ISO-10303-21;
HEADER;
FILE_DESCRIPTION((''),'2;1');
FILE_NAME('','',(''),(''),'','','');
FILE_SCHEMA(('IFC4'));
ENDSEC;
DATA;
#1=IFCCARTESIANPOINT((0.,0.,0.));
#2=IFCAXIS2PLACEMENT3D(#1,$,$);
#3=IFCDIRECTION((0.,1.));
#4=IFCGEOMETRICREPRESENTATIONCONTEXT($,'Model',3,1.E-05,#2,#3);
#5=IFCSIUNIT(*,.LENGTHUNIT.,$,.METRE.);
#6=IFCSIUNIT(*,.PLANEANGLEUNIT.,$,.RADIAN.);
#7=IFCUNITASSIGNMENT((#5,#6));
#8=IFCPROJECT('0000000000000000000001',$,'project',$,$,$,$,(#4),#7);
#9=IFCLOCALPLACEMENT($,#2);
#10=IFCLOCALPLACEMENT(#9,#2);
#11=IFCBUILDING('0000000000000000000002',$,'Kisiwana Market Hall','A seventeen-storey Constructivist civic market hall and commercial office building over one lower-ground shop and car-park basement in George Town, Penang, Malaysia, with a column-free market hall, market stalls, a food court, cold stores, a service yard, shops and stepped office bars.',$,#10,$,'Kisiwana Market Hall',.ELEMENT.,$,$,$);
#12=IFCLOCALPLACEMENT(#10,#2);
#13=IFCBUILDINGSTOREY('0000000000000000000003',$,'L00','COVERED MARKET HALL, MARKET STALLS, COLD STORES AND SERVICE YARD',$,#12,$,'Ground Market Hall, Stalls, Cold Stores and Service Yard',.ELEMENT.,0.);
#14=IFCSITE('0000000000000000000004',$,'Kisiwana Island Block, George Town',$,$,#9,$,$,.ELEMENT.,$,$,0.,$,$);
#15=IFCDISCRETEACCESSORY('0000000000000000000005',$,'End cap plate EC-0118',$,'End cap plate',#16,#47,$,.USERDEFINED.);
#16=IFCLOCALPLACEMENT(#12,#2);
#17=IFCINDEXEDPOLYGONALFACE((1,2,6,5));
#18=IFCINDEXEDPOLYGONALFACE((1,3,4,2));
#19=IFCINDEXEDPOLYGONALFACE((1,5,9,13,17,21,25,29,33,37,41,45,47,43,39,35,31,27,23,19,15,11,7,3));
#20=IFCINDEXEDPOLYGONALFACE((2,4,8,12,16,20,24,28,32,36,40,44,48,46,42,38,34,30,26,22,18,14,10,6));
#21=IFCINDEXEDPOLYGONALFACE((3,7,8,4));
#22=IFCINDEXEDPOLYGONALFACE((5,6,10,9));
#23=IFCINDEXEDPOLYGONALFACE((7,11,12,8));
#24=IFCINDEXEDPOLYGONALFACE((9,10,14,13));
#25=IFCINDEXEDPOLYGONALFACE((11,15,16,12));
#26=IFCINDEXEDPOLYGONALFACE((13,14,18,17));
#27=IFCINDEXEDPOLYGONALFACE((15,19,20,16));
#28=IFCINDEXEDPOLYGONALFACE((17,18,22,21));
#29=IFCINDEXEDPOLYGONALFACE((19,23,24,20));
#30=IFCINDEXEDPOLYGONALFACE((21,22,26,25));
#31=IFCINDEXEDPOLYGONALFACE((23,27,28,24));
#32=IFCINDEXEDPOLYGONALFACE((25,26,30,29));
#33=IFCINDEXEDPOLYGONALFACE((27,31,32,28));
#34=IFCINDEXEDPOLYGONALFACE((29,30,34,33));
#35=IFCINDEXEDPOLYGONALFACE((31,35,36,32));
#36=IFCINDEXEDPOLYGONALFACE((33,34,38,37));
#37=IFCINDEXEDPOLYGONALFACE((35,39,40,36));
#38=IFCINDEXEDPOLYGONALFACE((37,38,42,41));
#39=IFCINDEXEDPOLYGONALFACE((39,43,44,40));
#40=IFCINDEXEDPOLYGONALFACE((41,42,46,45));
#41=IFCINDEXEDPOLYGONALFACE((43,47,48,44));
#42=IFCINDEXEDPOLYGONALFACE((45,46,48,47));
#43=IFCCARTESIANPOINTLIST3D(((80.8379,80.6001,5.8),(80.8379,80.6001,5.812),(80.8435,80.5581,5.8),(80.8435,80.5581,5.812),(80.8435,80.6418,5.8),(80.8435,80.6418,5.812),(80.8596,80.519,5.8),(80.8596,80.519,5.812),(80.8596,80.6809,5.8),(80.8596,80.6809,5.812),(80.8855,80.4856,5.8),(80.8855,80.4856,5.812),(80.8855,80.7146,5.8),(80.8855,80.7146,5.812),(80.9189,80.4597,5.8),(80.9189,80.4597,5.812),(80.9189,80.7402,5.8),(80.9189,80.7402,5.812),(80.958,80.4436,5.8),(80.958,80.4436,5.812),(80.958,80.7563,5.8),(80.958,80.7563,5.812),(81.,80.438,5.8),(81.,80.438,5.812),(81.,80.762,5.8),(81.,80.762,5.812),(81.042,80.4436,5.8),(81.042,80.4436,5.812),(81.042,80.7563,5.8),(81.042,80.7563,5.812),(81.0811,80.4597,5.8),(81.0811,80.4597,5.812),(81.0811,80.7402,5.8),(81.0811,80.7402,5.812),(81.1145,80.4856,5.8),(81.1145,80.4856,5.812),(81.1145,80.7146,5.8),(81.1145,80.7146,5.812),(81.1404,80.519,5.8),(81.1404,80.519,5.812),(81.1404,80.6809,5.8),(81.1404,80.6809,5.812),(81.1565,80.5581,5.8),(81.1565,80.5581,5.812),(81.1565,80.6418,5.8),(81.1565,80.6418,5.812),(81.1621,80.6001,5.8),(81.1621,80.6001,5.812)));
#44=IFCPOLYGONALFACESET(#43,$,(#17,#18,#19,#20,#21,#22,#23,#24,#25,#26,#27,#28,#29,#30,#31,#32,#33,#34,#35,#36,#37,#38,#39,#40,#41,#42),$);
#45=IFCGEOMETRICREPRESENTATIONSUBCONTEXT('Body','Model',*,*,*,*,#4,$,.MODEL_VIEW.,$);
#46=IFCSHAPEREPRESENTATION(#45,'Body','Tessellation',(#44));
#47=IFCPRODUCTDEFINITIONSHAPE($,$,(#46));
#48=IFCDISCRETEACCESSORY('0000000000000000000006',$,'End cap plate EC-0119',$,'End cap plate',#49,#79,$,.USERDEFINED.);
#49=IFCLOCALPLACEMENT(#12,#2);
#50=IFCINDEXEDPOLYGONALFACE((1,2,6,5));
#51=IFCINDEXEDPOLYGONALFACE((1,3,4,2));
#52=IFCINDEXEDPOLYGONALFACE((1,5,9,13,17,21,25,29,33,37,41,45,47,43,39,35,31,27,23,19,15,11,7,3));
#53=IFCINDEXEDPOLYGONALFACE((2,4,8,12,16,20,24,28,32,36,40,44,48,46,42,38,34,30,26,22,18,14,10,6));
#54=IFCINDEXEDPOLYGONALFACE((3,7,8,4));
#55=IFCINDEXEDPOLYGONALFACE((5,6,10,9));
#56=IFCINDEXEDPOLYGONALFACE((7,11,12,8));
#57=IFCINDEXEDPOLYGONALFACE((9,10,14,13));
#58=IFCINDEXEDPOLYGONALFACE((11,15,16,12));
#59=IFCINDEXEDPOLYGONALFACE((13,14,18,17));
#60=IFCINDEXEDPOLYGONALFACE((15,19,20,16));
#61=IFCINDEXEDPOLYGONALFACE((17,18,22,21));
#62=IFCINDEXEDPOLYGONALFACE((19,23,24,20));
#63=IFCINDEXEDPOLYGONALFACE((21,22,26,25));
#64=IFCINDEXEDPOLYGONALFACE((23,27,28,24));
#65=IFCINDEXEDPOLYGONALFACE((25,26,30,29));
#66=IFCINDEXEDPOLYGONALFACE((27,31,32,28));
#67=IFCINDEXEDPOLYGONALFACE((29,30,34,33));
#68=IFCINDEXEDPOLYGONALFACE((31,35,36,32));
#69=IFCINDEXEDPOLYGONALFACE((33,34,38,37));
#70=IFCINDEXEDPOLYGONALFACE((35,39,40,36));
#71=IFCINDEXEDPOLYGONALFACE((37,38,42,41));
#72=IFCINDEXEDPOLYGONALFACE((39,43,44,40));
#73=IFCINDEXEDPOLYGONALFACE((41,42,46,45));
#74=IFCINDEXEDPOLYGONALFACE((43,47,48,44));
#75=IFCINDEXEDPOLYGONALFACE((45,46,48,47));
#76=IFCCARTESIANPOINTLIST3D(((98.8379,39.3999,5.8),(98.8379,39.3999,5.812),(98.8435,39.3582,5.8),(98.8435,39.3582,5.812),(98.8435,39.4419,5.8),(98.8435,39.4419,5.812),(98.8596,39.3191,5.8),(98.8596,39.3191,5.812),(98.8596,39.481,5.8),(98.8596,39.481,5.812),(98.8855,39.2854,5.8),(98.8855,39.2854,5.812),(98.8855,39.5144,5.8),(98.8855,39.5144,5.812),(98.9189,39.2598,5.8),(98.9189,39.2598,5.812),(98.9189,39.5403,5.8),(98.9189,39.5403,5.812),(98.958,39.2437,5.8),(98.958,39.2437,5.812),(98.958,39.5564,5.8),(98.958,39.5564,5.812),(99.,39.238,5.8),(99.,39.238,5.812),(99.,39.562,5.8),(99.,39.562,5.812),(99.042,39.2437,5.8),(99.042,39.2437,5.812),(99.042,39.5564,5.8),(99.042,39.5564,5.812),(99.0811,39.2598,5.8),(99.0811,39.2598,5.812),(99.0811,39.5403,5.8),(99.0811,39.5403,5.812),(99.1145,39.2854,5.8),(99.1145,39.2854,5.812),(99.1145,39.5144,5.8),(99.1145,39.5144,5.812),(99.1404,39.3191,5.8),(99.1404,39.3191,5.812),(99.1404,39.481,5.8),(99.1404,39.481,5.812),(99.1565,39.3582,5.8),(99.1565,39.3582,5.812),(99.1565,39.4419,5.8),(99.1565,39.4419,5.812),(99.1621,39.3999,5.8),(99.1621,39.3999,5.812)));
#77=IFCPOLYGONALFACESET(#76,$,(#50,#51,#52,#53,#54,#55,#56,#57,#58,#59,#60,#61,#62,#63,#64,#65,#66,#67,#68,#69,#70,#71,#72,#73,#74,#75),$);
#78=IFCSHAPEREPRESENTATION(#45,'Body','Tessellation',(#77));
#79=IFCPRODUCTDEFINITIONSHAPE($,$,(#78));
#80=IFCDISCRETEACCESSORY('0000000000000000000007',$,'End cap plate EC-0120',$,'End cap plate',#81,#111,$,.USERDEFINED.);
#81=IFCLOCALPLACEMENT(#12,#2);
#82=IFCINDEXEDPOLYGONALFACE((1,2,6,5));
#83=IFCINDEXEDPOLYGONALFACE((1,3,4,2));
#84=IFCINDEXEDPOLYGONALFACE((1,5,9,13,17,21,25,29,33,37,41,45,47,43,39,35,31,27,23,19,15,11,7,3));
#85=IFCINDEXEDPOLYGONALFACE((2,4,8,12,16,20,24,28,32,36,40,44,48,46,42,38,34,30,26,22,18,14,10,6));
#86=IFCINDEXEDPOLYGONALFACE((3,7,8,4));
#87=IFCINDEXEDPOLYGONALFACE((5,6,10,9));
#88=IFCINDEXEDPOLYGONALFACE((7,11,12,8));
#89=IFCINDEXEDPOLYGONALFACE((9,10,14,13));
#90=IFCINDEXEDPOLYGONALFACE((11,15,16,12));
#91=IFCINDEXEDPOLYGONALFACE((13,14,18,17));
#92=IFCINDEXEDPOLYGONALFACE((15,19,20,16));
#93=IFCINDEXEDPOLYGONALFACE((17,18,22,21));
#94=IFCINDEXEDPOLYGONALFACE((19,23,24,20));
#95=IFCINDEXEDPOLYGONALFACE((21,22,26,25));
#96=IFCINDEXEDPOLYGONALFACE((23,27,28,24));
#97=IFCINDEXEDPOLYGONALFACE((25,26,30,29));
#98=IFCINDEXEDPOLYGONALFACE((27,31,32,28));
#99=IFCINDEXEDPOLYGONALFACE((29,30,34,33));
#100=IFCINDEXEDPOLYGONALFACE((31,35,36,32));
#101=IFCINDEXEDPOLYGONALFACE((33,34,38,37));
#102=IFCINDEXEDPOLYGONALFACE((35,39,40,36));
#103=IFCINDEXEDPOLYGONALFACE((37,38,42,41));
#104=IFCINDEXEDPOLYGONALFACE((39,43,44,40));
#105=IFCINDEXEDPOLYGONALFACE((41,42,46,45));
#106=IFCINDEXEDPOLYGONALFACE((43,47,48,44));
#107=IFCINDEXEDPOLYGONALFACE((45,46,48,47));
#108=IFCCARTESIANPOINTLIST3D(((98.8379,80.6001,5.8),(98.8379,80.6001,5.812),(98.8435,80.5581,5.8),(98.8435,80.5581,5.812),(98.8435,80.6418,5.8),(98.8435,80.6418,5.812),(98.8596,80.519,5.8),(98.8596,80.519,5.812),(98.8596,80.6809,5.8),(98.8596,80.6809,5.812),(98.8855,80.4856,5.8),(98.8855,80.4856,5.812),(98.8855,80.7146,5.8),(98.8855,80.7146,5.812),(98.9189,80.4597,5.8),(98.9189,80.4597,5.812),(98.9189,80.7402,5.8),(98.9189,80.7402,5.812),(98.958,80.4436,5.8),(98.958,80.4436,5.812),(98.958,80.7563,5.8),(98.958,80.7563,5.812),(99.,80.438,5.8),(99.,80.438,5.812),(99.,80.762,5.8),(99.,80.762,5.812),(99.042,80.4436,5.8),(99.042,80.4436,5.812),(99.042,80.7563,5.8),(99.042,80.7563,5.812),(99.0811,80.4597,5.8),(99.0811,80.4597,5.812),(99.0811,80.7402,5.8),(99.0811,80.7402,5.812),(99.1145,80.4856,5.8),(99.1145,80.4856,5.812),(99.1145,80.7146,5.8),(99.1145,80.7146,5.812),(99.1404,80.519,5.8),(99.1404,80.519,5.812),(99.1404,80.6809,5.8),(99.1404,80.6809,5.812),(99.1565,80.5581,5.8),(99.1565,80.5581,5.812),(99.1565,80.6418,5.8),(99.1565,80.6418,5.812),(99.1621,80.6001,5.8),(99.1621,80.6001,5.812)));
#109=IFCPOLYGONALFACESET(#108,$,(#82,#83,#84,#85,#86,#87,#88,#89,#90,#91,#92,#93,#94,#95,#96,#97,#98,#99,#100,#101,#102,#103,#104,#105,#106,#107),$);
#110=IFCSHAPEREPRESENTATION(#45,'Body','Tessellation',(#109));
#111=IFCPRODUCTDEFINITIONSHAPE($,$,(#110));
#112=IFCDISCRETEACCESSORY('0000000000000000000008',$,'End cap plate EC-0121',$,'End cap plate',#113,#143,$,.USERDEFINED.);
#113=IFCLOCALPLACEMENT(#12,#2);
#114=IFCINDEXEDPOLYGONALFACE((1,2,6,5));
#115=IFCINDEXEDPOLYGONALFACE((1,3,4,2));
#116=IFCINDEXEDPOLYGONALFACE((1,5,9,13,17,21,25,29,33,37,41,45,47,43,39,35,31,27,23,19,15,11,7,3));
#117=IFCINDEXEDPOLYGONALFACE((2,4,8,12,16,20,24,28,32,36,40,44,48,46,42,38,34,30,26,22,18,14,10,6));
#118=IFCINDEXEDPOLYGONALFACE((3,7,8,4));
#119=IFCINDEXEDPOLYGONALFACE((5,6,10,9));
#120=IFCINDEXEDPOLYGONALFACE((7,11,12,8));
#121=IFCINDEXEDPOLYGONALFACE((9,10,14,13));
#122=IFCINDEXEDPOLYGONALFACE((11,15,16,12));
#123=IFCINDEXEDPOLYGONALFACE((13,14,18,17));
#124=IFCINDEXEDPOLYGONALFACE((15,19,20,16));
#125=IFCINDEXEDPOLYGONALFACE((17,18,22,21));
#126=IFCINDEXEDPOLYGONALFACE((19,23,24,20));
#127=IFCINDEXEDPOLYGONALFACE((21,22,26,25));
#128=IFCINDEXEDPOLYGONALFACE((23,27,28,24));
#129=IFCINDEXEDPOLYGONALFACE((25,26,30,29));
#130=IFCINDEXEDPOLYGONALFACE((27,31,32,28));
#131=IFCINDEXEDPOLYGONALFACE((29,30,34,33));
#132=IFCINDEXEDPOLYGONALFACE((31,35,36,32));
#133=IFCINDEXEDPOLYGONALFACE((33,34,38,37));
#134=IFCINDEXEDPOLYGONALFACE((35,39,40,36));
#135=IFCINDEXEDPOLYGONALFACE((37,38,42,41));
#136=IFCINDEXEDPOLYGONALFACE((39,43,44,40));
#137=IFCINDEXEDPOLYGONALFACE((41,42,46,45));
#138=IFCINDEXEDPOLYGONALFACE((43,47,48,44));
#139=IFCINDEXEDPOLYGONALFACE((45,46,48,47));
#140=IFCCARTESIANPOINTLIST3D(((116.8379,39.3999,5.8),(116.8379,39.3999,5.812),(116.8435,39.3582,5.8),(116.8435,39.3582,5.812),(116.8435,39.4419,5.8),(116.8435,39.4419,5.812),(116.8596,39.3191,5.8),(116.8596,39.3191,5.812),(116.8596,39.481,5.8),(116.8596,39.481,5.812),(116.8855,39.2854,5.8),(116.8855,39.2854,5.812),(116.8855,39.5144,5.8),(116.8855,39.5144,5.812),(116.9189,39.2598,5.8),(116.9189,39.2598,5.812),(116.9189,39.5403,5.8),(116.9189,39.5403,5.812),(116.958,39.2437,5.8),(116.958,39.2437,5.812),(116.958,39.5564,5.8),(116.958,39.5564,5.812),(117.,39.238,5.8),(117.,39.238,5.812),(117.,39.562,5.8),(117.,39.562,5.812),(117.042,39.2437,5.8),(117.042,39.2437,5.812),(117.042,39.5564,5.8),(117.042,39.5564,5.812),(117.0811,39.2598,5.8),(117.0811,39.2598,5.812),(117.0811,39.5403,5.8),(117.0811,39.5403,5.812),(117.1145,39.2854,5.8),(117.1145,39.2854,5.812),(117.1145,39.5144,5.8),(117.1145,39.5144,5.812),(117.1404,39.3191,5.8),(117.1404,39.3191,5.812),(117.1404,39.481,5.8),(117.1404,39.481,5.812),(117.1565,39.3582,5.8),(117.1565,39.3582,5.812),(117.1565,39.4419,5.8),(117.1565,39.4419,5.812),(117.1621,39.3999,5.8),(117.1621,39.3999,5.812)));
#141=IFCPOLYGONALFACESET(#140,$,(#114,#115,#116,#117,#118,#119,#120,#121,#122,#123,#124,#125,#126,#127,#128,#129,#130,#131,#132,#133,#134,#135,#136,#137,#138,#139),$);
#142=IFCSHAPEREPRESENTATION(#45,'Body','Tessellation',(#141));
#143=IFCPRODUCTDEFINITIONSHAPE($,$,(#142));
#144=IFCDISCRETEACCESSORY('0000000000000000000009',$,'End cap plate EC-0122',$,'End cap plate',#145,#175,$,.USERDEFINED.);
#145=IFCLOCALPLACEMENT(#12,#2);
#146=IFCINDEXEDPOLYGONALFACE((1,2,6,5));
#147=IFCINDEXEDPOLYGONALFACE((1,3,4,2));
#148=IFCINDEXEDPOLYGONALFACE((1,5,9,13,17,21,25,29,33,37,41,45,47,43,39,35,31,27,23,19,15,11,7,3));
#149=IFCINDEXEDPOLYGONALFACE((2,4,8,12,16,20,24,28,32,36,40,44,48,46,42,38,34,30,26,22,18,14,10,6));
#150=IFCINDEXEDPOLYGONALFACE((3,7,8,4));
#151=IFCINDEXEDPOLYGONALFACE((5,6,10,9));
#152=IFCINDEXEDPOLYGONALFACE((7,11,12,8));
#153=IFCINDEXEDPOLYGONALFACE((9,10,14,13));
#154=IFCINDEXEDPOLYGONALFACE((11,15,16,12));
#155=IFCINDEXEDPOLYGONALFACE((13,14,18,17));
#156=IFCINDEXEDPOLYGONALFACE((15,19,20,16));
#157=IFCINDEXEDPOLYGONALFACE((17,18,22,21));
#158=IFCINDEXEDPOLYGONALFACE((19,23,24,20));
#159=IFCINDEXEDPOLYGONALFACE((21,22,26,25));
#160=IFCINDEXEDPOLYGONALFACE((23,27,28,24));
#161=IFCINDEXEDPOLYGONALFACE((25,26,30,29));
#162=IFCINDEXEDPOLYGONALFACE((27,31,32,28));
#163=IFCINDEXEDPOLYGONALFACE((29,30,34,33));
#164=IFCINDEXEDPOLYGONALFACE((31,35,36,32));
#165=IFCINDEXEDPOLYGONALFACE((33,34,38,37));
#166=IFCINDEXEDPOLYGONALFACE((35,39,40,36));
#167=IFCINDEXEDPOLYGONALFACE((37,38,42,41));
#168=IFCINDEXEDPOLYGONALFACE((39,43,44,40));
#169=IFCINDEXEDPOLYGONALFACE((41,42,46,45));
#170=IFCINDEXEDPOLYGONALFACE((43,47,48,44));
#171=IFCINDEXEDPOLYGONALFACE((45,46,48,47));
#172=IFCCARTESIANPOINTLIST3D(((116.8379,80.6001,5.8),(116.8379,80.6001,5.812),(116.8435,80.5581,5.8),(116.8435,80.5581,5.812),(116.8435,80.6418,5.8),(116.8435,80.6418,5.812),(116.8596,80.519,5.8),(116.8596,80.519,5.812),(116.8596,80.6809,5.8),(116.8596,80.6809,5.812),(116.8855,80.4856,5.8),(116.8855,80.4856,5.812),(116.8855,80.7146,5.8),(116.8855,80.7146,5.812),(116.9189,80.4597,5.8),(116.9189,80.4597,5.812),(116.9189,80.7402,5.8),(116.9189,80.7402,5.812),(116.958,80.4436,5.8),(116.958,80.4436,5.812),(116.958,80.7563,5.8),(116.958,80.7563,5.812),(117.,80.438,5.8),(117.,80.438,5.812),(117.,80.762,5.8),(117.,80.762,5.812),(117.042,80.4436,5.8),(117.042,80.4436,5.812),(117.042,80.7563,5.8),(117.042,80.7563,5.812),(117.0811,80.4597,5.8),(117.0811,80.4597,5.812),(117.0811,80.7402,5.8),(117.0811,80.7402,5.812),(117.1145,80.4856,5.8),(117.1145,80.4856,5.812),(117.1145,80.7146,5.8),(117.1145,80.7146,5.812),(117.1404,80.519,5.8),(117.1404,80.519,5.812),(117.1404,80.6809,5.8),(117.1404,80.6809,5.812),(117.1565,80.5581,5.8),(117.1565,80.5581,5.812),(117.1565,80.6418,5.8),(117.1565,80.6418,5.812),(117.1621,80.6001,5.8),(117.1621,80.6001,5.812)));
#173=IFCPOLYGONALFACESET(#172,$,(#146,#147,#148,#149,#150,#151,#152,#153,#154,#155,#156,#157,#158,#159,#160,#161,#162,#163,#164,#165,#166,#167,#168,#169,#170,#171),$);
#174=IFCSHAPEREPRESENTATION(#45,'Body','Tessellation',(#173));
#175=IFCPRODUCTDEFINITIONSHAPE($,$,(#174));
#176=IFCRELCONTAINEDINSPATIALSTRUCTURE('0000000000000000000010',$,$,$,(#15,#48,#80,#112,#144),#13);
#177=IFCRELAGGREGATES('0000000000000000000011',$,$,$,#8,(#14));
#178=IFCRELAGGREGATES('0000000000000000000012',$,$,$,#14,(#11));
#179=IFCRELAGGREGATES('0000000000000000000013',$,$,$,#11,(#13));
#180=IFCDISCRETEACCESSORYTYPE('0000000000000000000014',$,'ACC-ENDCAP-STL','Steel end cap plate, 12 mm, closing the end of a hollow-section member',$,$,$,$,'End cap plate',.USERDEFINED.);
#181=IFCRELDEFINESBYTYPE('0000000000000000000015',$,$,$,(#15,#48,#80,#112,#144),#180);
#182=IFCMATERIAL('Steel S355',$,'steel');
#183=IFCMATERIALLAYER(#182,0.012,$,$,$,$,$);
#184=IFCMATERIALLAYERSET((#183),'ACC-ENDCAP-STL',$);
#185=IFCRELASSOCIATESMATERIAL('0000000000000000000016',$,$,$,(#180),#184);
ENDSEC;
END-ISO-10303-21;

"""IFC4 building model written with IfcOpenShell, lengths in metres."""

from ifc_helpers import new_model, si_unit, direction, frame, origin, place, context, subcontext, project, spatial, polyline, outline, extrude, material, layer, layer_set, type_object, element, save


model = new_model("IFC4")

# Units and contexts
model_context = context("Model", 3, precision=1e-05, world=origin(), true_north=direction((0.0, 1.0)))
body_context = subcontext(model_context, "Body", "Model", "MODEL_VIEW")
ifc_project = project(units=[si_unit("LENGTHUNIT", "METRE"), si_unit("PLANEANGLEUNIT", "RADIAN")], contexts=[model_context])

# Site, building, storey
site_placement = place(None, origin())
site = spatial("IfcSite", under=ifc_project, at=site_placement, Name="Kisiwana Island Block, George Town", CompositionType="ELEMENT", RefElevation=0.0)
building_placement = place(site_placement, origin())
building = spatial("IfcBuilding", under=site, at=building_placement, Name="Kisiwana Market Hall", Description="A seventeen-storey Constructivist civic market hall and commercial office building over one lower-ground shop and car-park basement in George Town, Penang, Malaysia, with a column-free market hall, market stalls, a food court, cold stores, a service yard, shops and stepped office bars.", LongName="Kisiwana Market Hall", CompositionType="ELEMENT")
storey_placement = place(building_placement, origin())
storey = spatial("IfcBuildingStorey", under=building, at=storey_placement, Name="L00", Description="COVERED MARKET HALL, MARKET STALLS, COLD STORES AND SERVICE YARD", LongName="Ground Market Hall, Stalls, Cold Stores and Service Yard", CompositionType="ELEMENT", Elevation=0.0)

# Discrete accessories
ifc_material_1 = material(Name="Steel S355", Category="steel")
ifc_layer_1 = layer(ifc_material_1, 0.012)
ifc_layer_set_1 = layer_set([ifc_layer_1], Name="ACC-ENDCAP-STL")
discrete_accessory_type = type_object("IfcDiscreteAccessoryType", Name="ACC-ENDCAP-STL", Description="Steel end cap plate, 12 mm, closing the end of a hollow-section member", ElementType="End cap plate", PredefinedType="USERDEFINED", material=ifc_layer_set_1)
discrete_accessory_1_placement = place(storey_placement, frame((0.0, 0.0, 5.8)))
element("IfcDiscreteAccessory", 1, at=discrete_accessory_1_placement, inside=storey, type_object=discrete_accessory_type, Name="End cap plate EC-0118", ObjectType="End cap plate", PredefinedType="USERDEFINED", context=body_context, shape_type="SweptSolid", body=[
    extrude(outline(polyline([(81.1621, 80.6001), (81.1565, 80.6418), (81.1404, 80.6809), (81.1145, 80.7146), (81.0811, 80.7402), (81.042, 80.7563), (81.0, 80.762), (80.958, 80.7563), (80.9189, 80.7402), (80.8855, 80.7146), (80.8596, 80.6809), (80.8435, 80.6418), (80.8379, 80.6001), (80.8435, 80.5581), (80.8596, 80.519), (80.8855, 80.4856), (80.9189, 80.4597), (80.958, 80.4436), (81.0, 80.438), (81.042, 80.4436), (81.0811, 80.4597), (81.1145, 80.4856), (81.1404, 80.519), (81.1565, 80.5581), (81.1621, 80.6001)])), origin(), (0.0, 0.0, 1.0), 0.012),
])
discrete_accessory_2_placement = place(storey_placement, frame((0.0, 0.0, 5.8)))
element("IfcDiscreteAccessory", 2, at=discrete_accessory_2_placement, inside=storey, type_object=discrete_accessory_type, Name="End cap plate EC-0119", ObjectType="End cap plate", PredefinedType="USERDEFINED", context=body_context, shape_type="SweptSolid", body=[
    extrude(outline(polyline([(99.1621, 39.3999), (99.1565, 39.4419), (99.1404, 39.481), (99.1145, 39.5144), (99.0811, 39.5403), (99.042, 39.5564), (99.0, 39.562), (98.958, 39.5564), (98.9189, 39.5403), (98.8855, 39.5144), (98.8596, 39.481), (98.8435, 39.4419), (98.8379, 39.3999), (98.8435, 39.3582), (98.8596, 39.3191), (98.8855, 39.2854), (98.9189, 39.2598), (98.958, 39.2437), (99.0, 39.238), (99.042, 39.2437), (99.0811, 39.2598), (99.1145, 39.2854), (99.1404, 39.3191), (99.1565, 39.3582), (99.1621, 39.3999)])), origin(), (0.0, 0.0, 1.0), 0.012),
])
discrete_accessory_3_placement = place(storey_placement, frame((0.0, 0.0, 5.8)))
element("IfcDiscreteAccessory", 3, at=discrete_accessory_3_placement, inside=storey, type_object=discrete_accessory_type, Name="End cap plate EC-0120", ObjectType="End cap plate", PredefinedType="USERDEFINED", context=body_context, shape_type="SweptSolid", body=[
    extrude(outline(polyline([(99.1621, 80.6001), (99.1565, 80.6418), (99.1404, 80.6809), (99.1145, 80.7146), (99.0811, 80.7402), (99.042, 80.7563), (99.0, 80.762), (98.958, 80.7563), (98.9189, 80.7402), (98.8855, 80.7146), (98.8596, 80.6809), (98.8435, 80.6418), (98.8379, 80.6001), (98.8435, 80.5581), (98.8596, 80.519), (98.8855, 80.4856), (98.9189, 80.4597), (98.958, 80.4436), (99.0, 80.438), (99.042, 80.4436), (99.0811, 80.4597), (99.1145, 80.4856), (99.1404, 80.519), (99.1565, 80.5581), (99.1621, 80.6001)])), origin(), (0.0, 0.0, 1.0), 0.012),
])
discrete_accessory_4_placement = place(storey_placement, frame((0.0, 0.0, 5.8)))
element("IfcDiscreteAccessory", 4, at=discrete_accessory_4_placement, inside=storey, type_object=discrete_accessory_type, Name="End cap plate EC-0121", ObjectType="End cap plate", PredefinedType="USERDEFINED", context=body_context, shape_type="SweptSolid", body=[
    extrude(outline(polyline([(117.1621, 39.3999), (117.1565, 39.4419), (117.1404, 39.481), (117.1145, 39.5144), (117.0811, 39.5403), (117.042, 39.5564), (117.0, 39.562), (116.958, 39.5564), (116.9189, 39.5403), (116.8855, 39.5144), (116.8596, 39.481), (116.8435, 39.4419), (116.8379, 39.3999), (116.8435, 39.3582), (116.8596, 39.3191), (116.8855, 39.2854), (116.9189, 39.2598), (116.958, 39.2437), (117.0, 39.238), (117.042, 39.2437), (117.0811, 39.2598), (117.1145, 39.2854), (117.1404, 39.3191), (117.1565, 39.3582), (117.1621, 39.3999)])), origin(), (0.0, 0.0, 1.0), 0.012),
])
discrete_accessory_5_placement = place(storey_placement, frame((0.0, 0.0, 5.8)))
element("IfcDiscreteAccessory", 5, at=discrete_accessory_5_placement, inside=storey, type_object=discrete_accessory_type, Name="End cap plate EC-0122", ObjectType="End cap plate", PredefinedType="USERDEFINED", context=body_context, shape_type="SweptSolid", body=[
    extrude(outline(polyline([(117.1621, 80.6001), (117.1565, 80.6418), (117.1404, 80.6809), (117.1145, 80.7146), (117.0811, 80.7402), (117.042, 80.7563), (117.0, 80.762), (116.958, 80.7563), (116.9189, 80.7402), (116.8855, 80.7146), (116.8596, 80.6809), (116.8435, 80.6418), (116.8379, 80.6001), (116.8435, 80.5581), (116.8596, 80.519), (116.8855, 80.4856), (116.9189, 80.4597), (116.958, 80.4436), (117.0, 80.438), (117.042, 80.4436), (117.0811, 80.4597), (117.1145, 80.4856), (117.1404, 80.519), (117.1565, 80.5581), (117.1621, 80.6001)])), origin(), (0.0, 0.0, 1.0), 0.012),
])

save(model, "model.ifc")
